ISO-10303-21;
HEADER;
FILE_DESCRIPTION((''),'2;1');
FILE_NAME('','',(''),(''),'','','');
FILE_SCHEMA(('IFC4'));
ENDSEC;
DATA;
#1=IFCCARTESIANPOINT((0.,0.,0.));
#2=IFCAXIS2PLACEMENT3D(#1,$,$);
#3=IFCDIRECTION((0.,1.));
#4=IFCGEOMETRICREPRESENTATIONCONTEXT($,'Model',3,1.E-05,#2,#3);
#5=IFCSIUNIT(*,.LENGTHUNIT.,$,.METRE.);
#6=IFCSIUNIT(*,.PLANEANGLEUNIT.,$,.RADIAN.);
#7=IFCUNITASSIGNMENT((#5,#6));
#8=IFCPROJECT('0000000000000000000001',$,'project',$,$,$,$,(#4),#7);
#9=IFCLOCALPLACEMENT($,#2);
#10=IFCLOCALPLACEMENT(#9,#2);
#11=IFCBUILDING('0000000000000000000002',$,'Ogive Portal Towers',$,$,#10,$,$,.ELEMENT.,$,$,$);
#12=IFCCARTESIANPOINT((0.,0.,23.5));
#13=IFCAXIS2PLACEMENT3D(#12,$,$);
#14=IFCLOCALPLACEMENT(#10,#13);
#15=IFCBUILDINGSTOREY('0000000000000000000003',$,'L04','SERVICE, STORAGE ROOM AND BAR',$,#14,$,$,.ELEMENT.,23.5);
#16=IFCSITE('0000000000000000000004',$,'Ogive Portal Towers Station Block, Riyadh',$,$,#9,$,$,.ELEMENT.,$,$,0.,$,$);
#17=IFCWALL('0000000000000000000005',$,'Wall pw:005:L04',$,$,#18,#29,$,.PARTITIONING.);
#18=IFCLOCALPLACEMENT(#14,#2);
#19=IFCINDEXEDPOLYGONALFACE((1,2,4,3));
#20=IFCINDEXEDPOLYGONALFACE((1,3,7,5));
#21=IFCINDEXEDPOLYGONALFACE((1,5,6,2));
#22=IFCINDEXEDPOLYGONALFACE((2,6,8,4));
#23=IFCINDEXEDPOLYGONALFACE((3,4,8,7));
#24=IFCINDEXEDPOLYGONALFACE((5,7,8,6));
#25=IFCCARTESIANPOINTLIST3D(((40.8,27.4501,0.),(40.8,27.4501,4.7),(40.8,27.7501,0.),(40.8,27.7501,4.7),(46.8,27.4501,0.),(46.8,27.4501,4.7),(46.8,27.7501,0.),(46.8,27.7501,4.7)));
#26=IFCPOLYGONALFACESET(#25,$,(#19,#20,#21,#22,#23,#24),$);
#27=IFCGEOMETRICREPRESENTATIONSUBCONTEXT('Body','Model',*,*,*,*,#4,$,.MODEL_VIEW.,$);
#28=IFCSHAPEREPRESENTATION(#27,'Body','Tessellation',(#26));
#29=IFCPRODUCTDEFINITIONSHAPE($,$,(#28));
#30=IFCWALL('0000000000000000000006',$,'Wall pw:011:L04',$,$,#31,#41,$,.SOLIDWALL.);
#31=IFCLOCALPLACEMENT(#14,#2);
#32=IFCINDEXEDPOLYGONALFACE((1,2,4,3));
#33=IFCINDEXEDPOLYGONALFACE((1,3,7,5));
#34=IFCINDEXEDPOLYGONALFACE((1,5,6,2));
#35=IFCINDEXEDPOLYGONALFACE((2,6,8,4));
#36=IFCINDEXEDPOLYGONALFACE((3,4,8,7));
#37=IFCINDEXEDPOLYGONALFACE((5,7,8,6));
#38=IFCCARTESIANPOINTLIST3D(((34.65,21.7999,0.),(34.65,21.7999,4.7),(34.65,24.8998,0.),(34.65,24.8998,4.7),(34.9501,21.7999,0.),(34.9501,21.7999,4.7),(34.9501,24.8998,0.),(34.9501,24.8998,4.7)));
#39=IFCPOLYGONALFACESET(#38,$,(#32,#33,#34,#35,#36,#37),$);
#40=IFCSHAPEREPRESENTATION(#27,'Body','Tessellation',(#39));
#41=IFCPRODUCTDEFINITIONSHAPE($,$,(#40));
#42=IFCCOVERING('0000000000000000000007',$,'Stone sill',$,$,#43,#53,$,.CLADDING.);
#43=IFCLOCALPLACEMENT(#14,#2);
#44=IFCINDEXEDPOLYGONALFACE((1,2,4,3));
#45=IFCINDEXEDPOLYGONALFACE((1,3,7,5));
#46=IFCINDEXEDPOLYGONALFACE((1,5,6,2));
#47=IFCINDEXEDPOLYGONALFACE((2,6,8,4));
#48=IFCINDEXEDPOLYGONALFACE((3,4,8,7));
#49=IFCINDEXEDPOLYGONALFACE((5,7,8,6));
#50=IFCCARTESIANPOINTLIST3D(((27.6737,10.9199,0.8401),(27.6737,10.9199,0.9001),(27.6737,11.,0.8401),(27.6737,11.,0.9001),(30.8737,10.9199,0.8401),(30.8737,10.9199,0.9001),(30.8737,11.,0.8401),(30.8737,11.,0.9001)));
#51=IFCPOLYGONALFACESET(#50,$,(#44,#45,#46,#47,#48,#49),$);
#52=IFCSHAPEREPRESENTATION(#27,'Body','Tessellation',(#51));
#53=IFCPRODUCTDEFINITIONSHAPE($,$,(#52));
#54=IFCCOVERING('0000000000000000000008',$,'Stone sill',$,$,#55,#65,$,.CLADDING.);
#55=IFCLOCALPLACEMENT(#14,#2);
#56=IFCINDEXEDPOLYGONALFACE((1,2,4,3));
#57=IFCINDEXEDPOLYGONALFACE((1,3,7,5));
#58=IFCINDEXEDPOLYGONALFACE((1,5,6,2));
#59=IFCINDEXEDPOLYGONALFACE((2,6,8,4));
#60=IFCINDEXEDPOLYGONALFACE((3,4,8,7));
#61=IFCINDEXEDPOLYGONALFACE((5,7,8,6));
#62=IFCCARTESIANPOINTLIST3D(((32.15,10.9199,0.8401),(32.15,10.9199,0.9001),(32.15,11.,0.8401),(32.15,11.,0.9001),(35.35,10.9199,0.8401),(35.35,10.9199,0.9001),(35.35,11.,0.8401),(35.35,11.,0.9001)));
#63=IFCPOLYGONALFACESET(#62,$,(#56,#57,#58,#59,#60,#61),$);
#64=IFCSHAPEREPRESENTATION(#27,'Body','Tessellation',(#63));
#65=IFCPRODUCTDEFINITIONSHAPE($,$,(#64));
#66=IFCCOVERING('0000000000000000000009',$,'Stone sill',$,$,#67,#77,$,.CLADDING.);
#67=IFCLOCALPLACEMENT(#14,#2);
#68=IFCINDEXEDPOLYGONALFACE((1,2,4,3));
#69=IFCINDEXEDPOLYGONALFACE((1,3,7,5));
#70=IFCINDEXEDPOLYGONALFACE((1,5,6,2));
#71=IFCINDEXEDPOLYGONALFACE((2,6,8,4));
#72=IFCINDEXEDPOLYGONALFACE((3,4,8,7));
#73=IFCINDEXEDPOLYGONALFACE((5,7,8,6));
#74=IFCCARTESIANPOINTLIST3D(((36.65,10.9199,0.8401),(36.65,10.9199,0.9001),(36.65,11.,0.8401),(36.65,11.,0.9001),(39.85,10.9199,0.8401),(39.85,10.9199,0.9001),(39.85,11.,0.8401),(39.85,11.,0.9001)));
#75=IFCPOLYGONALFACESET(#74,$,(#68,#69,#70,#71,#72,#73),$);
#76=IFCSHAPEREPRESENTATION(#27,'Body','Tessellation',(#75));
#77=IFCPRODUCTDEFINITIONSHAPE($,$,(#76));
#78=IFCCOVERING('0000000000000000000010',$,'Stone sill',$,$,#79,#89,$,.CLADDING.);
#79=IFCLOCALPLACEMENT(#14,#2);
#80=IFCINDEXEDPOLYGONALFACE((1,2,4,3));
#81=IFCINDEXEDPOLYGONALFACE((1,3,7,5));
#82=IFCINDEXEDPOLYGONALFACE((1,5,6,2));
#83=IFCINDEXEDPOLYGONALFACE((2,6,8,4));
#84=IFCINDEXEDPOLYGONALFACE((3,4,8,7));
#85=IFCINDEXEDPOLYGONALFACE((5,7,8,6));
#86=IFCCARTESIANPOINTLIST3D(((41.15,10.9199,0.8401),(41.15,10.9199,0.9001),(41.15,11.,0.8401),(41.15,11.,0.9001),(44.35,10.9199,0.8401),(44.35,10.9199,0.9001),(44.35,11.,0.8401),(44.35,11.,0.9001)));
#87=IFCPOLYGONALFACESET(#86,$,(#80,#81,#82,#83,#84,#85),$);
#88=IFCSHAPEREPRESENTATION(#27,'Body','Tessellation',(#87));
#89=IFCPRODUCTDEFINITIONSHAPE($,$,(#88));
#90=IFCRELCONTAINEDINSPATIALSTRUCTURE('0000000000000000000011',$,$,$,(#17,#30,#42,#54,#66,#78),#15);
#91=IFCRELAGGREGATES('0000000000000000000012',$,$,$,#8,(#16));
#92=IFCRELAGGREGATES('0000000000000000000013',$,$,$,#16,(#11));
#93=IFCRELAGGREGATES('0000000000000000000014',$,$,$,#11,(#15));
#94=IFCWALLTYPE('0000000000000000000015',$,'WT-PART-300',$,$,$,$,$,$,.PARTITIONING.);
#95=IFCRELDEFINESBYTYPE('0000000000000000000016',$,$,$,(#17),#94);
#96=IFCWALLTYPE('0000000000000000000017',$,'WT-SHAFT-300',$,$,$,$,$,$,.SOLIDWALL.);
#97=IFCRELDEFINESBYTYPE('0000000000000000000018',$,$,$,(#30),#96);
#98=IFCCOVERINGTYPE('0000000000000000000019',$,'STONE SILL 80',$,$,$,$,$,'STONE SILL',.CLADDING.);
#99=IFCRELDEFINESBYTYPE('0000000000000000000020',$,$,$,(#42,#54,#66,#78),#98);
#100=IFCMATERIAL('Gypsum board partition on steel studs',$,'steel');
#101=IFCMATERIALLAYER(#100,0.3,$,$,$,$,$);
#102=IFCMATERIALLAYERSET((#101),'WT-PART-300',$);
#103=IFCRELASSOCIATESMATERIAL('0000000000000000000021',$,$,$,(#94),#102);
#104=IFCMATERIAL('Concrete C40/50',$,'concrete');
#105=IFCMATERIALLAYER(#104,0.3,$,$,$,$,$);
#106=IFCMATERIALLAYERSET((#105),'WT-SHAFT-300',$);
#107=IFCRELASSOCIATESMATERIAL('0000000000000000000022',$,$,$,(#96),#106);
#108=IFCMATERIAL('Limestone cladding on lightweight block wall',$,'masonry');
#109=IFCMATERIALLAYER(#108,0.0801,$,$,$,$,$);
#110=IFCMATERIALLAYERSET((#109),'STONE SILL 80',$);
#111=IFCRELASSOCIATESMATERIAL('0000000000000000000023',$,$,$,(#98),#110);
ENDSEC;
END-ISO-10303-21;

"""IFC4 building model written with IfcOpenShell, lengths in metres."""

from ifc_helpers import new_model, si_unit, direction, frame, frame_2d, origin, origin_2d, place, context, subcontext, project, spatial, rectangle, extrude, material, layer, layer_set, type_object, element, save


model = new_model("IFC4")

# Units and contexts
model_context = context("Model", 3, precision=1e-05, world=origin(), true_north=direction((0.0, 1.0)))
body_context = subcontext(model_context, "Body", "Model", "MODEL_VIEW")
ifc_project = project(units=[si_unit("LENGTHUNIT", "METRE"), si_unit("PLANEANGLEUNIT", "RADIAN")], contexts=[model_context])

# Site, building, storey
site_placement = place(None, origin())
site = spatial("IfcSite", under=ifc_project, at=site_placement, Name="Ogive Portal Towers Station Block, Riyadh", CompositionType="ELEMENT", RefElevation=0.0)
building_placement = place(site_placement, origin())
building = spatial("IfcBuilding", under=site, at=building_placement, Name="Ogive Portal Towers", CompositionType="ELEMENT")
storey_placement = place(building_placement, frame((0.0, 0.0, 23.5)))
storey = spatial("IfcBuildingStorey", under=building, at=storey_placement, Name="L04", Description="SERVICE, STORAGE ROOM AND BAR", CompositionType="ELEMENT", Elevation=23.5)

# Shared definitions
ifc_material_1 = material(Name="Gypsum board partition on steel studs", Category="steel")
ifc_layer_1 = layer(ifc_material_1, 0.3)
ifc_layer_set_1 = layer_set([ifc_layer_1], Name="WT-PART-300")
wall_type_1 = type_object("IfcWallType", Name="WT-PART-300", PredefinedType="PARTITIONING", material=ifc_layer_set_1)

# Wall
wall_1_placement = place(storey_placement, frame((40.8, 27.6001, 0.0), z_axis=(0.0, 0.0, 1.0), x_axis=(1.0, 0.0, 0.0)))
element("IfcWall", 1, at=wall_1_placement, inside=storey, type_object=wall_type_1, Name="Wall pw:005:L04", PredefinedType="PARTITIONING", context=body_context, shape_type="SweptSolid", body=[
    extrude(rectangle(XDim=6.0, YDim=0.3, at=frame_2d((3.0, 0.0))), origin(), (0.0, 0.0, 1.0), 4.7),
])

# Shared definitions
ifc_material_2 = material(Name="Concrete C40/50", Category="concrete")
ifc_layer_2 = layer(ifc_material_2, 0.3)
ifc_layer_set_2 = layer_set([ifc_layer_2], Name="WT-SHAFT-300")
wall_type_2 = type_object("IfcWallType", Name="WT-SHAFT-300", PredefinedType="SOLIDWALL", material=ifc_layer_set_2)

# Wall
wall_2_placement = place(storey_placement, frame((34.8, 21.8, 0.0), z_axis=(0.0, 0.0, 1.0), x_axis=(0.0, 1.0, 0.0)))
element("IfcWall", 2, at=wall_2_placement, inside=storey, type_object=wall_type_2, Name="Wall pw:011:L04", PredefinedType="SOLIDWALL", context=body_context, shape_type="SweptSolid", body=[
    extrude(rectangle(XDim=3.0999, YDim=0.3, at=frame_2d((1.5498, 0.0))), origin(), (0.0, 0.0, 1.0), 4.7),
])

# Coverings
ifc_material_3 = material(Name="Limestone cladding on lightweight block wall", Category="masonry")
ifc_layer_3 = layer(ifc_material_3, 0.0801)
ifc_layer_set_3 = layer_set([ifc_layer_3], Name="STONE SILL 80")
covering_type = type_object("IfcCoveringType", Name="STONE SILL 80", ElementType="STONE SILL", PredefinedType="CLADDING", material=ifc_layer_set_3)
for number, where, z_axis, x_axis, name in (
    (3, (29.2737, 10.96, 0.8401), (0.0, 0.0, 1.0), (1.0, 0.0, 0.0), "Stone sill"),
    (4, (33.75, 10.96, 0.8401), (0.0, 0.0, 1.0), (1.0, 0.0, 0.0), "Stone sill"),
    (5, (38.25, 10.96, 0.8401), (0.0, 0.0, 1.0), (1.0, 0.0, 0.0), "Stone sill"),
    (6, (42.75, 10.96, 0.8401), (0.0, 0.0, 1.0), (1.0, 0.0, 0.0), "Stone sill"),
):
    element("IfcCovering", number, at=place(storey_placement, frame(where, z_axis=z_axis, x_axis=x_axis)), inside=storey, type_object=covering_type, Name=name, PredefinedType="CLADDING", context=body_context, shape_type="SweptSolid", body=[
        extrude(rectangle(XDim=3.2, YDim=0.0801, at=origin_2d()), origin(), (0.0, 0.0, 1.0), 0.0601),
    ])

save(model, "model.ifc")
